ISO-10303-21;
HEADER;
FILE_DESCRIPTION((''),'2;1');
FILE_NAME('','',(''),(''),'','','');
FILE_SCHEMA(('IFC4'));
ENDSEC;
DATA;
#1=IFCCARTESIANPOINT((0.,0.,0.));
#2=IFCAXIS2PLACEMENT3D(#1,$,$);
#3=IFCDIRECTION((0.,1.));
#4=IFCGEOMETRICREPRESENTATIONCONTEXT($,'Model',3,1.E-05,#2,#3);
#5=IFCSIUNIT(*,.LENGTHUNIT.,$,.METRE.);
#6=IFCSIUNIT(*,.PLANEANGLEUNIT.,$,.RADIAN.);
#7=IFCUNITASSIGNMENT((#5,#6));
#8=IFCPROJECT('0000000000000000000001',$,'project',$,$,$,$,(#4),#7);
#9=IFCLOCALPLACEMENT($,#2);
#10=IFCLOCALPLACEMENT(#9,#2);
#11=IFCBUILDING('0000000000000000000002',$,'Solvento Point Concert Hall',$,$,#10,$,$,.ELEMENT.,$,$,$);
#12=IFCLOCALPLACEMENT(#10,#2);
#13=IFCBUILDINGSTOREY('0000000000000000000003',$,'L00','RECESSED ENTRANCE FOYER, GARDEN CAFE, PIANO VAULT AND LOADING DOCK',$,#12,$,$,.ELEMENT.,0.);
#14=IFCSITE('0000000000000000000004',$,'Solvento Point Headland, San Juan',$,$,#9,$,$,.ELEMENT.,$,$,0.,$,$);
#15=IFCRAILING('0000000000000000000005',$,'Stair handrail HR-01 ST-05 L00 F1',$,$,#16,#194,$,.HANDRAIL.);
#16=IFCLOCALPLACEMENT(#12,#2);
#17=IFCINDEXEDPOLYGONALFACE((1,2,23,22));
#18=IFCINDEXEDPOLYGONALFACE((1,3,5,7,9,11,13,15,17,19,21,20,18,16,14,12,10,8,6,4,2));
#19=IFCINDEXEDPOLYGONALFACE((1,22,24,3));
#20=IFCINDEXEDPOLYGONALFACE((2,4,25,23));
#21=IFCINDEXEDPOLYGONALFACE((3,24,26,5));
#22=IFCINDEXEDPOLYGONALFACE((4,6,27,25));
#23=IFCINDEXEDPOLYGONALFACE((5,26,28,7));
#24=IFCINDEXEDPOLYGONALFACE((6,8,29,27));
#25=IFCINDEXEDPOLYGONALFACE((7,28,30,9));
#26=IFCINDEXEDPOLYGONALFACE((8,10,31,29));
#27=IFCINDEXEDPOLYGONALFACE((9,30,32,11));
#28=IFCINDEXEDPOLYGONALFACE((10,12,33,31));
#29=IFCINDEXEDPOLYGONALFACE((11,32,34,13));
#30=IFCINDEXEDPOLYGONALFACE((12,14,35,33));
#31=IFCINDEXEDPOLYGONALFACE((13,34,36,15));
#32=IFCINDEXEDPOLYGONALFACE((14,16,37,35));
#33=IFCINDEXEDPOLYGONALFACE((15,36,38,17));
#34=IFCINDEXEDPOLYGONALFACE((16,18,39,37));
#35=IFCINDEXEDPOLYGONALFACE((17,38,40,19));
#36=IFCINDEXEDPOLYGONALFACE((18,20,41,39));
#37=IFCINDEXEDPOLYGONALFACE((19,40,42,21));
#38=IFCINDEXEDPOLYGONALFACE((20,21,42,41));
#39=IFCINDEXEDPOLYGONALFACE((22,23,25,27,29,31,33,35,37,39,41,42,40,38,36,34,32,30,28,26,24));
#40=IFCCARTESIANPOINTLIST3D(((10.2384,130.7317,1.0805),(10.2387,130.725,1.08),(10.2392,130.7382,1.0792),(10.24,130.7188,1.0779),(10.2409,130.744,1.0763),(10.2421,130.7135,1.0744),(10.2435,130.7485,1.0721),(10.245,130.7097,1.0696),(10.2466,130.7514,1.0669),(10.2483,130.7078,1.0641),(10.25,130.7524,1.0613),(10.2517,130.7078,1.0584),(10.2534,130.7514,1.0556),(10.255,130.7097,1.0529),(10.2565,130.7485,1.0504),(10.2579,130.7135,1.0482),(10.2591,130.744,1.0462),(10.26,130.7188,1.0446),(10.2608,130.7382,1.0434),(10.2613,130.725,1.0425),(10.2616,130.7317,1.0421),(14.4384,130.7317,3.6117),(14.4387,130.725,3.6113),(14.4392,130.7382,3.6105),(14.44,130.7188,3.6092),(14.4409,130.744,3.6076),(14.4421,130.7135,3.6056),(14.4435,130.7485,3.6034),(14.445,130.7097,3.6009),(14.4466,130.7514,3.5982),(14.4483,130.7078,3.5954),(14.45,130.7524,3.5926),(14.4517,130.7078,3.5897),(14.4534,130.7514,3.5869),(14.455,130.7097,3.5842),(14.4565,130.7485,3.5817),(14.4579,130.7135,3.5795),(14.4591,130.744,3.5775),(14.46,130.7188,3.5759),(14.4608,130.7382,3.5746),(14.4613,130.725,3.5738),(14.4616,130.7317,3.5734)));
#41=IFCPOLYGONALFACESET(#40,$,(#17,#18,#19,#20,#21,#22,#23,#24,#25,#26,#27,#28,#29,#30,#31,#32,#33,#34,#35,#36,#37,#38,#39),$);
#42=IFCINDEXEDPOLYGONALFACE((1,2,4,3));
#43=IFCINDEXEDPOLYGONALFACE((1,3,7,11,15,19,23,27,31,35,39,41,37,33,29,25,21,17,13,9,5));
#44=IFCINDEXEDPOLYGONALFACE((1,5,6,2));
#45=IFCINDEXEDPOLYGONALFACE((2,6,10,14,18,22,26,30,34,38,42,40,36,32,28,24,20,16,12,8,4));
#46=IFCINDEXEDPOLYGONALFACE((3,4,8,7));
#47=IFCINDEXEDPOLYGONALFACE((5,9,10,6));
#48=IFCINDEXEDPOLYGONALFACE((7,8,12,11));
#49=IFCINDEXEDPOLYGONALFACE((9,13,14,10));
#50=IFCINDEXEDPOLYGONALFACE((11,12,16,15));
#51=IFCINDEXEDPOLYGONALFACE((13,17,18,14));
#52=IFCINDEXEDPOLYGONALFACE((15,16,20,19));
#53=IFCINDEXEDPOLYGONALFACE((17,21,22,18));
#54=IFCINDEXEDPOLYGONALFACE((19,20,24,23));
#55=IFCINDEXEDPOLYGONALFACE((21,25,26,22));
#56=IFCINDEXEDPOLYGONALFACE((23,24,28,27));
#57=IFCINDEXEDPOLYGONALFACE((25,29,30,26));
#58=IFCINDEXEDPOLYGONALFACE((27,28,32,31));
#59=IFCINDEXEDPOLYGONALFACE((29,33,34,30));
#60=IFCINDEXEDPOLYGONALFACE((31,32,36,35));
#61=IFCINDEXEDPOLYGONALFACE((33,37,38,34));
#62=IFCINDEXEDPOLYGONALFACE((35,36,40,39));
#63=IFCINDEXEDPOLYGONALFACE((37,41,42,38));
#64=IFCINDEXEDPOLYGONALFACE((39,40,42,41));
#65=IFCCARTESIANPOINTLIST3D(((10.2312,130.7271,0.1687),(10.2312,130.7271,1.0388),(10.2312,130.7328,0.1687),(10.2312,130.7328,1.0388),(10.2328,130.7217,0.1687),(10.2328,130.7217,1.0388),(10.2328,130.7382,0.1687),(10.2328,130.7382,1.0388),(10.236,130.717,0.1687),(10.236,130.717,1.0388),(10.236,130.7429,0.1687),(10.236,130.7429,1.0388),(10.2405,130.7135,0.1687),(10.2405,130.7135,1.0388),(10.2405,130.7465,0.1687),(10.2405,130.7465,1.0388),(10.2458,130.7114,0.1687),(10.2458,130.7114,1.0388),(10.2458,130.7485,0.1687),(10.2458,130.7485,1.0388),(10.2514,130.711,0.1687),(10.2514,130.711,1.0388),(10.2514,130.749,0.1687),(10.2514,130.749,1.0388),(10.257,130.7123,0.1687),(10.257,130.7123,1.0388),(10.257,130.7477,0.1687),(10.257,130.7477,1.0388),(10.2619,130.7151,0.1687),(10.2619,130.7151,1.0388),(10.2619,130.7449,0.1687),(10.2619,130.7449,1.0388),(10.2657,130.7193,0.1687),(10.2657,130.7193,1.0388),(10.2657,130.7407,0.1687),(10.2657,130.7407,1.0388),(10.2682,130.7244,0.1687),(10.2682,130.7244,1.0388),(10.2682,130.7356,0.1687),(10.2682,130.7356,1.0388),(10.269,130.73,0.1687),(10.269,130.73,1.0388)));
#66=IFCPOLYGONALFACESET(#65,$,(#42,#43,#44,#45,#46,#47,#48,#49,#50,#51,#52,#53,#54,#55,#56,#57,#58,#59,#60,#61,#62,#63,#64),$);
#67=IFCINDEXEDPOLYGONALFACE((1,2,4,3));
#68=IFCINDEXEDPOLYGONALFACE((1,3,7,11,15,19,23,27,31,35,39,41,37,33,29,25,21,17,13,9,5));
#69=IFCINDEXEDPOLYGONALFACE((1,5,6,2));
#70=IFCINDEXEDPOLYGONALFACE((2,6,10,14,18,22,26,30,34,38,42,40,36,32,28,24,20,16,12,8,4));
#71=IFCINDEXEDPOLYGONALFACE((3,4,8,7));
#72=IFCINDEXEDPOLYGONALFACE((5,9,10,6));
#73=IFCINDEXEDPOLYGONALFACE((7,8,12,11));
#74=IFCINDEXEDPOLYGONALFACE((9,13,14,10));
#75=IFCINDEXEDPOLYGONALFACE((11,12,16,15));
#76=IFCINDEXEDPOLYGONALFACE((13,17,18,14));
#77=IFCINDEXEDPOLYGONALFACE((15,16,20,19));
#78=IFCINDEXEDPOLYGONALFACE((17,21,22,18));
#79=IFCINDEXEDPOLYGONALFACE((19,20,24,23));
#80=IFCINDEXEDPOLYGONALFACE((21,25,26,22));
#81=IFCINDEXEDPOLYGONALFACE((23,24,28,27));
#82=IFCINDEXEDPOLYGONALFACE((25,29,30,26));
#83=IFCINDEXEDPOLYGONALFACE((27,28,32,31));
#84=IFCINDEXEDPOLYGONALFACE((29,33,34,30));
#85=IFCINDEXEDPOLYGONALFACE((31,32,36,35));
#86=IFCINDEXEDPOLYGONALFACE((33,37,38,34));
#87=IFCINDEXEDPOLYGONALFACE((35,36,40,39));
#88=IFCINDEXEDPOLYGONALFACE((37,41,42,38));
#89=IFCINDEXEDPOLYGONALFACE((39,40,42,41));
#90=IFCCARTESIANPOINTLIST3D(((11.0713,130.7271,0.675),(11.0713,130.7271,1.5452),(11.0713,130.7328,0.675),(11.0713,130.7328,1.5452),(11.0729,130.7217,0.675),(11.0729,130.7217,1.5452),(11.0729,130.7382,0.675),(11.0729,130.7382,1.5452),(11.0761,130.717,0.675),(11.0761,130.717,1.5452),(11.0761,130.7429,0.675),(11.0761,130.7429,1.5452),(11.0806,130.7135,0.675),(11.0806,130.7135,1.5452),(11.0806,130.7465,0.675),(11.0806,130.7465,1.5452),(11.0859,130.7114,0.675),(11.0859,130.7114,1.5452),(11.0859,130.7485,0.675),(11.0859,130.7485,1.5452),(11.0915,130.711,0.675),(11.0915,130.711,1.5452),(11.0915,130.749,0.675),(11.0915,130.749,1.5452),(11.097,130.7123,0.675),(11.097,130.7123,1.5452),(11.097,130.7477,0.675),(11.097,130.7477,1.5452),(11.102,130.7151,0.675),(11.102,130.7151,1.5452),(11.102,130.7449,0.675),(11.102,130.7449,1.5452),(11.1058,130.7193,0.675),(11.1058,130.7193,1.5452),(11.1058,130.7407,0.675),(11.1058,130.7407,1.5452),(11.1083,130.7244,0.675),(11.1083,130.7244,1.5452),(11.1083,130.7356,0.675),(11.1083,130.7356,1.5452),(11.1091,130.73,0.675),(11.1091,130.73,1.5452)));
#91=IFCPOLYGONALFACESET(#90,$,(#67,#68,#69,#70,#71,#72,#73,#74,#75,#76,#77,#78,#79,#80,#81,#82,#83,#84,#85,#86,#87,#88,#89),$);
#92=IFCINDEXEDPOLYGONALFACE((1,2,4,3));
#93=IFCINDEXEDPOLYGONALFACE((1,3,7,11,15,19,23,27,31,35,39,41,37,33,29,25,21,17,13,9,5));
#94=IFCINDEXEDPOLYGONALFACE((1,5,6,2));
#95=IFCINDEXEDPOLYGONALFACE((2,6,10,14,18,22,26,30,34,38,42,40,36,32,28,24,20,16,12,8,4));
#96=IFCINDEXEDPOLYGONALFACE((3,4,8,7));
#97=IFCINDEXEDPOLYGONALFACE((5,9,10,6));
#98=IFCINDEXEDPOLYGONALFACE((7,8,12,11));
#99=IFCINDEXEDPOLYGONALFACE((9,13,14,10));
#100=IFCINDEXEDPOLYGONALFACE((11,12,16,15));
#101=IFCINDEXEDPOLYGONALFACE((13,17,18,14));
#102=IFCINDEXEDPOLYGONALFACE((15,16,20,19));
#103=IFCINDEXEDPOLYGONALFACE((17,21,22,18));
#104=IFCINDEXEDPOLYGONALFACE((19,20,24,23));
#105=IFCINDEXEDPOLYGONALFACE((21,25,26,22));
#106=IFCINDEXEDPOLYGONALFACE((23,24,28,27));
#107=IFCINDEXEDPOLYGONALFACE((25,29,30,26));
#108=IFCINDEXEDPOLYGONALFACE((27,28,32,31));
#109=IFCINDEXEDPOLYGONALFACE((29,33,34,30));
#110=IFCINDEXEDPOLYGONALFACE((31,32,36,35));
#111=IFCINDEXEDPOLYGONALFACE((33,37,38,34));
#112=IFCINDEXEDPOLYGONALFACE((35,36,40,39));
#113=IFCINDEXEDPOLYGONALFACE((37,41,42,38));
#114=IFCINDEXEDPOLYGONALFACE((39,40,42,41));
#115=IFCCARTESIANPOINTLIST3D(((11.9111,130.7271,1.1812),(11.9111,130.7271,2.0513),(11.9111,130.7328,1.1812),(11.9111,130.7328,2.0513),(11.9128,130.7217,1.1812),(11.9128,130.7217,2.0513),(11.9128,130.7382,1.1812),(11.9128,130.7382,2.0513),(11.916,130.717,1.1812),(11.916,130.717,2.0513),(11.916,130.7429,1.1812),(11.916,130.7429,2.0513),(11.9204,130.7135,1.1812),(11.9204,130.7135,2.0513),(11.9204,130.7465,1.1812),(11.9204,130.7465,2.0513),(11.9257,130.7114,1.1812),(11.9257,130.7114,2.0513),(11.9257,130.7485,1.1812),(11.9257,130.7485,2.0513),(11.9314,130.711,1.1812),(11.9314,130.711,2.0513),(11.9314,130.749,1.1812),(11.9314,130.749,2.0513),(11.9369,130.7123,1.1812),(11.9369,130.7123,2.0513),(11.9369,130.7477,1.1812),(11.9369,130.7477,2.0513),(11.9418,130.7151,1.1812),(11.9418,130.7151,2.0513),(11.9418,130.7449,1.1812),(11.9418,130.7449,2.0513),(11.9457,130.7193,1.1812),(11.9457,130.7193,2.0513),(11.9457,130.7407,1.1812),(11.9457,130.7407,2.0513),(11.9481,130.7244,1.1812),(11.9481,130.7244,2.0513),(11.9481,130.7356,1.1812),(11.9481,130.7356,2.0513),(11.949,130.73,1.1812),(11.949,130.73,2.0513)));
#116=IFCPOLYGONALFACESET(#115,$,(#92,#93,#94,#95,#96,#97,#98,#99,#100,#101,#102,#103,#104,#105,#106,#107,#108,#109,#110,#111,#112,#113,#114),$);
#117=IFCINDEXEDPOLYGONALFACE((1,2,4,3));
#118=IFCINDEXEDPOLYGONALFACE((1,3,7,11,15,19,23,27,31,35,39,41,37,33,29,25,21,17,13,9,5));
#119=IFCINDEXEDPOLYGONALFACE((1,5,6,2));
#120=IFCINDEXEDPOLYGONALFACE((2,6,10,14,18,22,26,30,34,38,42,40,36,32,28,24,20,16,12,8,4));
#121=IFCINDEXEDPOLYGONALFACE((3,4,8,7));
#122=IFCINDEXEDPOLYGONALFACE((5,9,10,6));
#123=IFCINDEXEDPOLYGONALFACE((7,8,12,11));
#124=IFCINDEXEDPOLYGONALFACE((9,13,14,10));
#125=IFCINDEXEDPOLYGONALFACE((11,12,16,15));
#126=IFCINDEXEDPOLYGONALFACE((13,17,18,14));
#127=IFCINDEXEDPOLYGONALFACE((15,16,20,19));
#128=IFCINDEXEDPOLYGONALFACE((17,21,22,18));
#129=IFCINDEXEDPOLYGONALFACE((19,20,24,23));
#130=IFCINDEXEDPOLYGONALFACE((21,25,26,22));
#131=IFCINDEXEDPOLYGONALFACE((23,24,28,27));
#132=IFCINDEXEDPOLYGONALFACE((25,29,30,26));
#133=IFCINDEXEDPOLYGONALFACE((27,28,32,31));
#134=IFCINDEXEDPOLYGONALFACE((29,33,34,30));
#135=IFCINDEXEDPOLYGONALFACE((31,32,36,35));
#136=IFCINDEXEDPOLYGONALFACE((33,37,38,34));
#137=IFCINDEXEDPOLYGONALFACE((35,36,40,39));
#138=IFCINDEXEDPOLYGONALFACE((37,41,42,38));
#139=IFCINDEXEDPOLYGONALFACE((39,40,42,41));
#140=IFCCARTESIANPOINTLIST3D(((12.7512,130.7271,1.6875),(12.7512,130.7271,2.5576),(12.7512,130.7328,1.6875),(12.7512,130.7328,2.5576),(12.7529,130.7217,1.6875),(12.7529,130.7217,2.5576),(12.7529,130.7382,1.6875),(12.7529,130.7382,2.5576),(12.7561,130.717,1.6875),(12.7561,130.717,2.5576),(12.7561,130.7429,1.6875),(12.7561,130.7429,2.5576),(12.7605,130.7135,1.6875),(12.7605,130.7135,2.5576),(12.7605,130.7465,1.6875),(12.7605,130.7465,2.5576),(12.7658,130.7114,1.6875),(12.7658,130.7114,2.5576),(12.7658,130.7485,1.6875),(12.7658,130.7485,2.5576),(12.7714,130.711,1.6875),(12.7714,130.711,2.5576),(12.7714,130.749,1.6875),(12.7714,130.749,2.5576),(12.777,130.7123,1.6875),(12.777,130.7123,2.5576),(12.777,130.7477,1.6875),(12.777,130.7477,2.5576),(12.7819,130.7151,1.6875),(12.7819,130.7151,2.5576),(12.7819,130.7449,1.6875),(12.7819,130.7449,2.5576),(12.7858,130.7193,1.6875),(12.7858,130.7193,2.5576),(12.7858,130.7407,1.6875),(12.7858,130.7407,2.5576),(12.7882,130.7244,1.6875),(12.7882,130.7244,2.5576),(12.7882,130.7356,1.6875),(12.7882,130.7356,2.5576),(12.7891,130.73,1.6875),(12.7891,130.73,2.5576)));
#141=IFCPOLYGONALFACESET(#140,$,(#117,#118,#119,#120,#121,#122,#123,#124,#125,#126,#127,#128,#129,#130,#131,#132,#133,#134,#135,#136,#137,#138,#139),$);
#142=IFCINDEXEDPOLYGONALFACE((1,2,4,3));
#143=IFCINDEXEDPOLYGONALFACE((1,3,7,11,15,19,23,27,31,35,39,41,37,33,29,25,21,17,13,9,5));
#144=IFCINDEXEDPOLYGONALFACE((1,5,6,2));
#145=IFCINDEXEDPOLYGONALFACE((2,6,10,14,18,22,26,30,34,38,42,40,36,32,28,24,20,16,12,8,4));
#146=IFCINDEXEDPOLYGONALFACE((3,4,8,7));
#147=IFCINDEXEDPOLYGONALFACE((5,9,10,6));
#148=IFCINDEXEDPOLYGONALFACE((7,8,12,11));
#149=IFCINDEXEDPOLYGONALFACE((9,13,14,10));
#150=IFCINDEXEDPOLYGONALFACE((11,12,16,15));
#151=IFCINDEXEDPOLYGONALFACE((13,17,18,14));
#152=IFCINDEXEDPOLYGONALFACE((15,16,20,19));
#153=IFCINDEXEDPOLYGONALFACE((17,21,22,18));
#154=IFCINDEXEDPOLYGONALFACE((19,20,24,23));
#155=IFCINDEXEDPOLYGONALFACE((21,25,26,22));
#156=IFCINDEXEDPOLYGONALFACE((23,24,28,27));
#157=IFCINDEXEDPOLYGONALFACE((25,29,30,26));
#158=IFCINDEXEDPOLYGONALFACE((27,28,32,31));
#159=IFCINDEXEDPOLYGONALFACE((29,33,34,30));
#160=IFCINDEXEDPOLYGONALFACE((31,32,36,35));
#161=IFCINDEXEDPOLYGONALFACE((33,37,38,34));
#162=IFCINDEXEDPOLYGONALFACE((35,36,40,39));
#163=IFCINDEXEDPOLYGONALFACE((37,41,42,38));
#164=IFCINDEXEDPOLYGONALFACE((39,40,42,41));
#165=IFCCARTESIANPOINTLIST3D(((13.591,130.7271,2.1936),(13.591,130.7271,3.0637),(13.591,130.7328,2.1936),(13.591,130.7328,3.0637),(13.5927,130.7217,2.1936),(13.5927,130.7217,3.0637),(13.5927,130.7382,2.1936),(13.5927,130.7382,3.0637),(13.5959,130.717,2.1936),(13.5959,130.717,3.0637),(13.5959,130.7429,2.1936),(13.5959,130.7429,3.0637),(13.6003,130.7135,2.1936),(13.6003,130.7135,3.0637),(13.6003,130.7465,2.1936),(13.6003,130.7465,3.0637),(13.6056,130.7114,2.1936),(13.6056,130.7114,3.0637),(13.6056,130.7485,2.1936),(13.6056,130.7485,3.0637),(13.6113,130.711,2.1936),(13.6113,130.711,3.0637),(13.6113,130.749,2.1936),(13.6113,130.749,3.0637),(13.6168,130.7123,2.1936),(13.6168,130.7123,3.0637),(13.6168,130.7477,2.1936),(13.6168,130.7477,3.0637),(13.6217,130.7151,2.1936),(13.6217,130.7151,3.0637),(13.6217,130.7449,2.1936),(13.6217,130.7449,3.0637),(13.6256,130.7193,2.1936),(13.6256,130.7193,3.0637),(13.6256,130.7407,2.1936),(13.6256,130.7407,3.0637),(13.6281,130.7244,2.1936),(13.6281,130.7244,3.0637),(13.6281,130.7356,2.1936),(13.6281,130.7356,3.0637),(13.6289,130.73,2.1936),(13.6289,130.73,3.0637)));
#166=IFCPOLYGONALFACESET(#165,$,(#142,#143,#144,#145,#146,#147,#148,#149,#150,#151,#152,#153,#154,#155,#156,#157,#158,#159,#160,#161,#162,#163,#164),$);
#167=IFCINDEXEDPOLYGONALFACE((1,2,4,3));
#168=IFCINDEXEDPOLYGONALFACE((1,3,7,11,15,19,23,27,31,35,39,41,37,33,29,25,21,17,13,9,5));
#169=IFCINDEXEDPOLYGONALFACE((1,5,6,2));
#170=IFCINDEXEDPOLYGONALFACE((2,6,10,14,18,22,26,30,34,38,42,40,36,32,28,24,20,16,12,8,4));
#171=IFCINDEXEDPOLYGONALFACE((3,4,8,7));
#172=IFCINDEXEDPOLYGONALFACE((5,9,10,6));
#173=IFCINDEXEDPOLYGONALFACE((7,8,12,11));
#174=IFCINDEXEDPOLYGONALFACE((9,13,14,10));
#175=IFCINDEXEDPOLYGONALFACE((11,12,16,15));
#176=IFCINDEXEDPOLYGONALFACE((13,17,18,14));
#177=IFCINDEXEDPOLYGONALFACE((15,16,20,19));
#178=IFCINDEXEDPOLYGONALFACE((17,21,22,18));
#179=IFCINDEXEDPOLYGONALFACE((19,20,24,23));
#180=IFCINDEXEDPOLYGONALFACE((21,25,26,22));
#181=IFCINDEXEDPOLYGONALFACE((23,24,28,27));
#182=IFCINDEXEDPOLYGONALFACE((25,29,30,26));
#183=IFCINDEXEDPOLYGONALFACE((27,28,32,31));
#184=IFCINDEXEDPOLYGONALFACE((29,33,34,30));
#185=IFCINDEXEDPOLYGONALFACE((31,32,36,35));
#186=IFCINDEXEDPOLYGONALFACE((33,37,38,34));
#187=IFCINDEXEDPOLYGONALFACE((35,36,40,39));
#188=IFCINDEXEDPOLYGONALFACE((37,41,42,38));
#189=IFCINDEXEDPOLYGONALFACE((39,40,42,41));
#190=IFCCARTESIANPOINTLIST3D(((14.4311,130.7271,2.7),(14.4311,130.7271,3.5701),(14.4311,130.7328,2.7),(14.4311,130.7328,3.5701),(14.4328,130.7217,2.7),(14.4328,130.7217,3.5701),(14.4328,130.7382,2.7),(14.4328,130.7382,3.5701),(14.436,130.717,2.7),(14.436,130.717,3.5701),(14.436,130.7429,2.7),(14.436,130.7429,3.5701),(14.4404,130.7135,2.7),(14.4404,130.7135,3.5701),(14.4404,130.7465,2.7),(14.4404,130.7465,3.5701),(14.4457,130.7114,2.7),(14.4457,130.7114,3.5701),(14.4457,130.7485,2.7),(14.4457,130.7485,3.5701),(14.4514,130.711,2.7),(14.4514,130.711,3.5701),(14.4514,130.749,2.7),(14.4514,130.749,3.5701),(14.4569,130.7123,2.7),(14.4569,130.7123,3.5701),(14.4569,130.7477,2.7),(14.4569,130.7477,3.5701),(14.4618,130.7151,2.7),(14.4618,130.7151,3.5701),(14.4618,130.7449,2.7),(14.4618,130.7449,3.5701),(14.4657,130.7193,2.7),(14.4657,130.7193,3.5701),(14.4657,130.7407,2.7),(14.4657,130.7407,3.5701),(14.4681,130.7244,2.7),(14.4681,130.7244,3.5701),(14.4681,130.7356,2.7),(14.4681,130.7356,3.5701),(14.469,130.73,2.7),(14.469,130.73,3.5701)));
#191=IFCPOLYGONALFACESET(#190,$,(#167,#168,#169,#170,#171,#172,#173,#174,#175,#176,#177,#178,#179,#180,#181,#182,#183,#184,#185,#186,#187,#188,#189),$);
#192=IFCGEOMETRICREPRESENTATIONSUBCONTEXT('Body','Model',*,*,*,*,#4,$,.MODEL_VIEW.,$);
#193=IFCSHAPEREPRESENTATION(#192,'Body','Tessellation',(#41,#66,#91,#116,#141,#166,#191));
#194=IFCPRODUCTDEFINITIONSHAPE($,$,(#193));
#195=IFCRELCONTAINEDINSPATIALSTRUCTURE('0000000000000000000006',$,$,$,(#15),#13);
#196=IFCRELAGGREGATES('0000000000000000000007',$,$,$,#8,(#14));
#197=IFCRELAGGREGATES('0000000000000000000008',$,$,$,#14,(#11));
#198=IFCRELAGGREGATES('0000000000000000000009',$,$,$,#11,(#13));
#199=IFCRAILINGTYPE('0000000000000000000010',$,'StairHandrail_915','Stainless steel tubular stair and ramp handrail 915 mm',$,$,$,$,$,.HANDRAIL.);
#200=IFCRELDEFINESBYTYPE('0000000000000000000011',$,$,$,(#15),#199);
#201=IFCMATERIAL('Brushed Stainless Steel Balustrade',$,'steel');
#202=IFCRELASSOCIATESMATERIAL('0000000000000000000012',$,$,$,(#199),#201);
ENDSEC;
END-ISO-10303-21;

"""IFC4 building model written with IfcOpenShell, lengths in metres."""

from ifc_helpers import new_model, si_unit, direction, frame, origin, origin_2d, place, context, subcontext, project, spatial, circle, extrude, material, type_object, element, save


model = new_model("IFC4")

# Units and contexts
model_context = context("Model", 3, precision=1e-05, world=origin(), true_north=direction((0.0, 1.0)))
body_context = subcontext(model_context, "Body", "Model", "MODEL_VIEW")
ifc_project = project(units=[si_unit("LENGTHUNIT", "METRE"), si_unit("PLANEANGLEUNIT", "RADIAN")], contexts=[model_context])

# Site, building, storey
site_placement = place(None, origin())
site = spatial("IfcSite", under=ifc_project, at=site_placement, Name="Solvento Point Headland, San Juan", CompositionType="ELEMENT", RefElevation=0.0)
building_placement = place(site_placement, origin())
building = spatial("IfcBuilding", under=site, at=building_placement, Name="Solvento Point Concert Hall", CompositionType="ELEMENT")
storey_placement = place(building_placement, origin())
storey = spatial("IfcBuildingStorey", under=building, at=storey_placement, Name="L00", Description="RECESSED ENTRANCE FOYER, GARDEN CAFE, PIANO VAULT AND LOADING DOCK", CompositionType="ELEMENT", Elevation=0.0)

# Railing
ifc_material_1 = material(Name="Brushed Stainless Steel Balustrade", Category="steel")
railing_type_1 = type_object("IfcRailingType", Name="StairHandrail_915", Description="Stainless steel tubular stair and ramp handrail 915 mm", PredefinedType="HANDRAIL", material=ifc_material_1)
railing_1_placement = place(storey_placement, frame((10.25, 130.73, 0.1687)))
element("IfcRailing", 1, at=railing_1_placement, inside=storey, type_object=railing_type_1, Name="Stair handrail HR-01 ST-05 L00 F1", PredefinedType="HANDRAIL", context=body_context, shape_type="SweptSolid", body=[
    extrude(circle(Radius=0.0225, at=origin_2d()), frame((0.0, 0.0, 0.8926), z_axis=(0.856476, 0.0, 0.516186), x_axis=(0.0, 1.0, 0.0)), (0.0, 0.0, 1.0), 4.9038),
    extrude(circle(Radius=0.019, at=origin_2d()), origin(), (0.0, 0.0, 1.0), 0.8701),
    extrude(circle(Radius=0.019, at=origin_2d()), frame((0.8401, 0.0, 0.5063)), (0.0, 0.0, 1.0), 0.8701),
    extrude(circle(Radius=0.019, at=origin_2d()), frame((1.6799, 0.0, 1.0125)), (0.0, 0.0, 1.0), 0.8701),
    extrude(circle(Radius=0.019, at=origin_2d()), frame((2.52, 0.0, 1.5188)), (0.0, 0.0, 1.0), 0.8701),
    extrude(circle(Radius=0.019, at=origin_2d()), frame((3.3599, 0.0, 2.0249)), (0.0, 0.0, 1.0), 0.8701),
    extrude(circle(Radius=0.019, at=origin_2d()), frame((4.2, 0.0, 2.5312)), (0.0, 0.0, 1.0), 0.8701),
])

save(model, "model.ifc")
